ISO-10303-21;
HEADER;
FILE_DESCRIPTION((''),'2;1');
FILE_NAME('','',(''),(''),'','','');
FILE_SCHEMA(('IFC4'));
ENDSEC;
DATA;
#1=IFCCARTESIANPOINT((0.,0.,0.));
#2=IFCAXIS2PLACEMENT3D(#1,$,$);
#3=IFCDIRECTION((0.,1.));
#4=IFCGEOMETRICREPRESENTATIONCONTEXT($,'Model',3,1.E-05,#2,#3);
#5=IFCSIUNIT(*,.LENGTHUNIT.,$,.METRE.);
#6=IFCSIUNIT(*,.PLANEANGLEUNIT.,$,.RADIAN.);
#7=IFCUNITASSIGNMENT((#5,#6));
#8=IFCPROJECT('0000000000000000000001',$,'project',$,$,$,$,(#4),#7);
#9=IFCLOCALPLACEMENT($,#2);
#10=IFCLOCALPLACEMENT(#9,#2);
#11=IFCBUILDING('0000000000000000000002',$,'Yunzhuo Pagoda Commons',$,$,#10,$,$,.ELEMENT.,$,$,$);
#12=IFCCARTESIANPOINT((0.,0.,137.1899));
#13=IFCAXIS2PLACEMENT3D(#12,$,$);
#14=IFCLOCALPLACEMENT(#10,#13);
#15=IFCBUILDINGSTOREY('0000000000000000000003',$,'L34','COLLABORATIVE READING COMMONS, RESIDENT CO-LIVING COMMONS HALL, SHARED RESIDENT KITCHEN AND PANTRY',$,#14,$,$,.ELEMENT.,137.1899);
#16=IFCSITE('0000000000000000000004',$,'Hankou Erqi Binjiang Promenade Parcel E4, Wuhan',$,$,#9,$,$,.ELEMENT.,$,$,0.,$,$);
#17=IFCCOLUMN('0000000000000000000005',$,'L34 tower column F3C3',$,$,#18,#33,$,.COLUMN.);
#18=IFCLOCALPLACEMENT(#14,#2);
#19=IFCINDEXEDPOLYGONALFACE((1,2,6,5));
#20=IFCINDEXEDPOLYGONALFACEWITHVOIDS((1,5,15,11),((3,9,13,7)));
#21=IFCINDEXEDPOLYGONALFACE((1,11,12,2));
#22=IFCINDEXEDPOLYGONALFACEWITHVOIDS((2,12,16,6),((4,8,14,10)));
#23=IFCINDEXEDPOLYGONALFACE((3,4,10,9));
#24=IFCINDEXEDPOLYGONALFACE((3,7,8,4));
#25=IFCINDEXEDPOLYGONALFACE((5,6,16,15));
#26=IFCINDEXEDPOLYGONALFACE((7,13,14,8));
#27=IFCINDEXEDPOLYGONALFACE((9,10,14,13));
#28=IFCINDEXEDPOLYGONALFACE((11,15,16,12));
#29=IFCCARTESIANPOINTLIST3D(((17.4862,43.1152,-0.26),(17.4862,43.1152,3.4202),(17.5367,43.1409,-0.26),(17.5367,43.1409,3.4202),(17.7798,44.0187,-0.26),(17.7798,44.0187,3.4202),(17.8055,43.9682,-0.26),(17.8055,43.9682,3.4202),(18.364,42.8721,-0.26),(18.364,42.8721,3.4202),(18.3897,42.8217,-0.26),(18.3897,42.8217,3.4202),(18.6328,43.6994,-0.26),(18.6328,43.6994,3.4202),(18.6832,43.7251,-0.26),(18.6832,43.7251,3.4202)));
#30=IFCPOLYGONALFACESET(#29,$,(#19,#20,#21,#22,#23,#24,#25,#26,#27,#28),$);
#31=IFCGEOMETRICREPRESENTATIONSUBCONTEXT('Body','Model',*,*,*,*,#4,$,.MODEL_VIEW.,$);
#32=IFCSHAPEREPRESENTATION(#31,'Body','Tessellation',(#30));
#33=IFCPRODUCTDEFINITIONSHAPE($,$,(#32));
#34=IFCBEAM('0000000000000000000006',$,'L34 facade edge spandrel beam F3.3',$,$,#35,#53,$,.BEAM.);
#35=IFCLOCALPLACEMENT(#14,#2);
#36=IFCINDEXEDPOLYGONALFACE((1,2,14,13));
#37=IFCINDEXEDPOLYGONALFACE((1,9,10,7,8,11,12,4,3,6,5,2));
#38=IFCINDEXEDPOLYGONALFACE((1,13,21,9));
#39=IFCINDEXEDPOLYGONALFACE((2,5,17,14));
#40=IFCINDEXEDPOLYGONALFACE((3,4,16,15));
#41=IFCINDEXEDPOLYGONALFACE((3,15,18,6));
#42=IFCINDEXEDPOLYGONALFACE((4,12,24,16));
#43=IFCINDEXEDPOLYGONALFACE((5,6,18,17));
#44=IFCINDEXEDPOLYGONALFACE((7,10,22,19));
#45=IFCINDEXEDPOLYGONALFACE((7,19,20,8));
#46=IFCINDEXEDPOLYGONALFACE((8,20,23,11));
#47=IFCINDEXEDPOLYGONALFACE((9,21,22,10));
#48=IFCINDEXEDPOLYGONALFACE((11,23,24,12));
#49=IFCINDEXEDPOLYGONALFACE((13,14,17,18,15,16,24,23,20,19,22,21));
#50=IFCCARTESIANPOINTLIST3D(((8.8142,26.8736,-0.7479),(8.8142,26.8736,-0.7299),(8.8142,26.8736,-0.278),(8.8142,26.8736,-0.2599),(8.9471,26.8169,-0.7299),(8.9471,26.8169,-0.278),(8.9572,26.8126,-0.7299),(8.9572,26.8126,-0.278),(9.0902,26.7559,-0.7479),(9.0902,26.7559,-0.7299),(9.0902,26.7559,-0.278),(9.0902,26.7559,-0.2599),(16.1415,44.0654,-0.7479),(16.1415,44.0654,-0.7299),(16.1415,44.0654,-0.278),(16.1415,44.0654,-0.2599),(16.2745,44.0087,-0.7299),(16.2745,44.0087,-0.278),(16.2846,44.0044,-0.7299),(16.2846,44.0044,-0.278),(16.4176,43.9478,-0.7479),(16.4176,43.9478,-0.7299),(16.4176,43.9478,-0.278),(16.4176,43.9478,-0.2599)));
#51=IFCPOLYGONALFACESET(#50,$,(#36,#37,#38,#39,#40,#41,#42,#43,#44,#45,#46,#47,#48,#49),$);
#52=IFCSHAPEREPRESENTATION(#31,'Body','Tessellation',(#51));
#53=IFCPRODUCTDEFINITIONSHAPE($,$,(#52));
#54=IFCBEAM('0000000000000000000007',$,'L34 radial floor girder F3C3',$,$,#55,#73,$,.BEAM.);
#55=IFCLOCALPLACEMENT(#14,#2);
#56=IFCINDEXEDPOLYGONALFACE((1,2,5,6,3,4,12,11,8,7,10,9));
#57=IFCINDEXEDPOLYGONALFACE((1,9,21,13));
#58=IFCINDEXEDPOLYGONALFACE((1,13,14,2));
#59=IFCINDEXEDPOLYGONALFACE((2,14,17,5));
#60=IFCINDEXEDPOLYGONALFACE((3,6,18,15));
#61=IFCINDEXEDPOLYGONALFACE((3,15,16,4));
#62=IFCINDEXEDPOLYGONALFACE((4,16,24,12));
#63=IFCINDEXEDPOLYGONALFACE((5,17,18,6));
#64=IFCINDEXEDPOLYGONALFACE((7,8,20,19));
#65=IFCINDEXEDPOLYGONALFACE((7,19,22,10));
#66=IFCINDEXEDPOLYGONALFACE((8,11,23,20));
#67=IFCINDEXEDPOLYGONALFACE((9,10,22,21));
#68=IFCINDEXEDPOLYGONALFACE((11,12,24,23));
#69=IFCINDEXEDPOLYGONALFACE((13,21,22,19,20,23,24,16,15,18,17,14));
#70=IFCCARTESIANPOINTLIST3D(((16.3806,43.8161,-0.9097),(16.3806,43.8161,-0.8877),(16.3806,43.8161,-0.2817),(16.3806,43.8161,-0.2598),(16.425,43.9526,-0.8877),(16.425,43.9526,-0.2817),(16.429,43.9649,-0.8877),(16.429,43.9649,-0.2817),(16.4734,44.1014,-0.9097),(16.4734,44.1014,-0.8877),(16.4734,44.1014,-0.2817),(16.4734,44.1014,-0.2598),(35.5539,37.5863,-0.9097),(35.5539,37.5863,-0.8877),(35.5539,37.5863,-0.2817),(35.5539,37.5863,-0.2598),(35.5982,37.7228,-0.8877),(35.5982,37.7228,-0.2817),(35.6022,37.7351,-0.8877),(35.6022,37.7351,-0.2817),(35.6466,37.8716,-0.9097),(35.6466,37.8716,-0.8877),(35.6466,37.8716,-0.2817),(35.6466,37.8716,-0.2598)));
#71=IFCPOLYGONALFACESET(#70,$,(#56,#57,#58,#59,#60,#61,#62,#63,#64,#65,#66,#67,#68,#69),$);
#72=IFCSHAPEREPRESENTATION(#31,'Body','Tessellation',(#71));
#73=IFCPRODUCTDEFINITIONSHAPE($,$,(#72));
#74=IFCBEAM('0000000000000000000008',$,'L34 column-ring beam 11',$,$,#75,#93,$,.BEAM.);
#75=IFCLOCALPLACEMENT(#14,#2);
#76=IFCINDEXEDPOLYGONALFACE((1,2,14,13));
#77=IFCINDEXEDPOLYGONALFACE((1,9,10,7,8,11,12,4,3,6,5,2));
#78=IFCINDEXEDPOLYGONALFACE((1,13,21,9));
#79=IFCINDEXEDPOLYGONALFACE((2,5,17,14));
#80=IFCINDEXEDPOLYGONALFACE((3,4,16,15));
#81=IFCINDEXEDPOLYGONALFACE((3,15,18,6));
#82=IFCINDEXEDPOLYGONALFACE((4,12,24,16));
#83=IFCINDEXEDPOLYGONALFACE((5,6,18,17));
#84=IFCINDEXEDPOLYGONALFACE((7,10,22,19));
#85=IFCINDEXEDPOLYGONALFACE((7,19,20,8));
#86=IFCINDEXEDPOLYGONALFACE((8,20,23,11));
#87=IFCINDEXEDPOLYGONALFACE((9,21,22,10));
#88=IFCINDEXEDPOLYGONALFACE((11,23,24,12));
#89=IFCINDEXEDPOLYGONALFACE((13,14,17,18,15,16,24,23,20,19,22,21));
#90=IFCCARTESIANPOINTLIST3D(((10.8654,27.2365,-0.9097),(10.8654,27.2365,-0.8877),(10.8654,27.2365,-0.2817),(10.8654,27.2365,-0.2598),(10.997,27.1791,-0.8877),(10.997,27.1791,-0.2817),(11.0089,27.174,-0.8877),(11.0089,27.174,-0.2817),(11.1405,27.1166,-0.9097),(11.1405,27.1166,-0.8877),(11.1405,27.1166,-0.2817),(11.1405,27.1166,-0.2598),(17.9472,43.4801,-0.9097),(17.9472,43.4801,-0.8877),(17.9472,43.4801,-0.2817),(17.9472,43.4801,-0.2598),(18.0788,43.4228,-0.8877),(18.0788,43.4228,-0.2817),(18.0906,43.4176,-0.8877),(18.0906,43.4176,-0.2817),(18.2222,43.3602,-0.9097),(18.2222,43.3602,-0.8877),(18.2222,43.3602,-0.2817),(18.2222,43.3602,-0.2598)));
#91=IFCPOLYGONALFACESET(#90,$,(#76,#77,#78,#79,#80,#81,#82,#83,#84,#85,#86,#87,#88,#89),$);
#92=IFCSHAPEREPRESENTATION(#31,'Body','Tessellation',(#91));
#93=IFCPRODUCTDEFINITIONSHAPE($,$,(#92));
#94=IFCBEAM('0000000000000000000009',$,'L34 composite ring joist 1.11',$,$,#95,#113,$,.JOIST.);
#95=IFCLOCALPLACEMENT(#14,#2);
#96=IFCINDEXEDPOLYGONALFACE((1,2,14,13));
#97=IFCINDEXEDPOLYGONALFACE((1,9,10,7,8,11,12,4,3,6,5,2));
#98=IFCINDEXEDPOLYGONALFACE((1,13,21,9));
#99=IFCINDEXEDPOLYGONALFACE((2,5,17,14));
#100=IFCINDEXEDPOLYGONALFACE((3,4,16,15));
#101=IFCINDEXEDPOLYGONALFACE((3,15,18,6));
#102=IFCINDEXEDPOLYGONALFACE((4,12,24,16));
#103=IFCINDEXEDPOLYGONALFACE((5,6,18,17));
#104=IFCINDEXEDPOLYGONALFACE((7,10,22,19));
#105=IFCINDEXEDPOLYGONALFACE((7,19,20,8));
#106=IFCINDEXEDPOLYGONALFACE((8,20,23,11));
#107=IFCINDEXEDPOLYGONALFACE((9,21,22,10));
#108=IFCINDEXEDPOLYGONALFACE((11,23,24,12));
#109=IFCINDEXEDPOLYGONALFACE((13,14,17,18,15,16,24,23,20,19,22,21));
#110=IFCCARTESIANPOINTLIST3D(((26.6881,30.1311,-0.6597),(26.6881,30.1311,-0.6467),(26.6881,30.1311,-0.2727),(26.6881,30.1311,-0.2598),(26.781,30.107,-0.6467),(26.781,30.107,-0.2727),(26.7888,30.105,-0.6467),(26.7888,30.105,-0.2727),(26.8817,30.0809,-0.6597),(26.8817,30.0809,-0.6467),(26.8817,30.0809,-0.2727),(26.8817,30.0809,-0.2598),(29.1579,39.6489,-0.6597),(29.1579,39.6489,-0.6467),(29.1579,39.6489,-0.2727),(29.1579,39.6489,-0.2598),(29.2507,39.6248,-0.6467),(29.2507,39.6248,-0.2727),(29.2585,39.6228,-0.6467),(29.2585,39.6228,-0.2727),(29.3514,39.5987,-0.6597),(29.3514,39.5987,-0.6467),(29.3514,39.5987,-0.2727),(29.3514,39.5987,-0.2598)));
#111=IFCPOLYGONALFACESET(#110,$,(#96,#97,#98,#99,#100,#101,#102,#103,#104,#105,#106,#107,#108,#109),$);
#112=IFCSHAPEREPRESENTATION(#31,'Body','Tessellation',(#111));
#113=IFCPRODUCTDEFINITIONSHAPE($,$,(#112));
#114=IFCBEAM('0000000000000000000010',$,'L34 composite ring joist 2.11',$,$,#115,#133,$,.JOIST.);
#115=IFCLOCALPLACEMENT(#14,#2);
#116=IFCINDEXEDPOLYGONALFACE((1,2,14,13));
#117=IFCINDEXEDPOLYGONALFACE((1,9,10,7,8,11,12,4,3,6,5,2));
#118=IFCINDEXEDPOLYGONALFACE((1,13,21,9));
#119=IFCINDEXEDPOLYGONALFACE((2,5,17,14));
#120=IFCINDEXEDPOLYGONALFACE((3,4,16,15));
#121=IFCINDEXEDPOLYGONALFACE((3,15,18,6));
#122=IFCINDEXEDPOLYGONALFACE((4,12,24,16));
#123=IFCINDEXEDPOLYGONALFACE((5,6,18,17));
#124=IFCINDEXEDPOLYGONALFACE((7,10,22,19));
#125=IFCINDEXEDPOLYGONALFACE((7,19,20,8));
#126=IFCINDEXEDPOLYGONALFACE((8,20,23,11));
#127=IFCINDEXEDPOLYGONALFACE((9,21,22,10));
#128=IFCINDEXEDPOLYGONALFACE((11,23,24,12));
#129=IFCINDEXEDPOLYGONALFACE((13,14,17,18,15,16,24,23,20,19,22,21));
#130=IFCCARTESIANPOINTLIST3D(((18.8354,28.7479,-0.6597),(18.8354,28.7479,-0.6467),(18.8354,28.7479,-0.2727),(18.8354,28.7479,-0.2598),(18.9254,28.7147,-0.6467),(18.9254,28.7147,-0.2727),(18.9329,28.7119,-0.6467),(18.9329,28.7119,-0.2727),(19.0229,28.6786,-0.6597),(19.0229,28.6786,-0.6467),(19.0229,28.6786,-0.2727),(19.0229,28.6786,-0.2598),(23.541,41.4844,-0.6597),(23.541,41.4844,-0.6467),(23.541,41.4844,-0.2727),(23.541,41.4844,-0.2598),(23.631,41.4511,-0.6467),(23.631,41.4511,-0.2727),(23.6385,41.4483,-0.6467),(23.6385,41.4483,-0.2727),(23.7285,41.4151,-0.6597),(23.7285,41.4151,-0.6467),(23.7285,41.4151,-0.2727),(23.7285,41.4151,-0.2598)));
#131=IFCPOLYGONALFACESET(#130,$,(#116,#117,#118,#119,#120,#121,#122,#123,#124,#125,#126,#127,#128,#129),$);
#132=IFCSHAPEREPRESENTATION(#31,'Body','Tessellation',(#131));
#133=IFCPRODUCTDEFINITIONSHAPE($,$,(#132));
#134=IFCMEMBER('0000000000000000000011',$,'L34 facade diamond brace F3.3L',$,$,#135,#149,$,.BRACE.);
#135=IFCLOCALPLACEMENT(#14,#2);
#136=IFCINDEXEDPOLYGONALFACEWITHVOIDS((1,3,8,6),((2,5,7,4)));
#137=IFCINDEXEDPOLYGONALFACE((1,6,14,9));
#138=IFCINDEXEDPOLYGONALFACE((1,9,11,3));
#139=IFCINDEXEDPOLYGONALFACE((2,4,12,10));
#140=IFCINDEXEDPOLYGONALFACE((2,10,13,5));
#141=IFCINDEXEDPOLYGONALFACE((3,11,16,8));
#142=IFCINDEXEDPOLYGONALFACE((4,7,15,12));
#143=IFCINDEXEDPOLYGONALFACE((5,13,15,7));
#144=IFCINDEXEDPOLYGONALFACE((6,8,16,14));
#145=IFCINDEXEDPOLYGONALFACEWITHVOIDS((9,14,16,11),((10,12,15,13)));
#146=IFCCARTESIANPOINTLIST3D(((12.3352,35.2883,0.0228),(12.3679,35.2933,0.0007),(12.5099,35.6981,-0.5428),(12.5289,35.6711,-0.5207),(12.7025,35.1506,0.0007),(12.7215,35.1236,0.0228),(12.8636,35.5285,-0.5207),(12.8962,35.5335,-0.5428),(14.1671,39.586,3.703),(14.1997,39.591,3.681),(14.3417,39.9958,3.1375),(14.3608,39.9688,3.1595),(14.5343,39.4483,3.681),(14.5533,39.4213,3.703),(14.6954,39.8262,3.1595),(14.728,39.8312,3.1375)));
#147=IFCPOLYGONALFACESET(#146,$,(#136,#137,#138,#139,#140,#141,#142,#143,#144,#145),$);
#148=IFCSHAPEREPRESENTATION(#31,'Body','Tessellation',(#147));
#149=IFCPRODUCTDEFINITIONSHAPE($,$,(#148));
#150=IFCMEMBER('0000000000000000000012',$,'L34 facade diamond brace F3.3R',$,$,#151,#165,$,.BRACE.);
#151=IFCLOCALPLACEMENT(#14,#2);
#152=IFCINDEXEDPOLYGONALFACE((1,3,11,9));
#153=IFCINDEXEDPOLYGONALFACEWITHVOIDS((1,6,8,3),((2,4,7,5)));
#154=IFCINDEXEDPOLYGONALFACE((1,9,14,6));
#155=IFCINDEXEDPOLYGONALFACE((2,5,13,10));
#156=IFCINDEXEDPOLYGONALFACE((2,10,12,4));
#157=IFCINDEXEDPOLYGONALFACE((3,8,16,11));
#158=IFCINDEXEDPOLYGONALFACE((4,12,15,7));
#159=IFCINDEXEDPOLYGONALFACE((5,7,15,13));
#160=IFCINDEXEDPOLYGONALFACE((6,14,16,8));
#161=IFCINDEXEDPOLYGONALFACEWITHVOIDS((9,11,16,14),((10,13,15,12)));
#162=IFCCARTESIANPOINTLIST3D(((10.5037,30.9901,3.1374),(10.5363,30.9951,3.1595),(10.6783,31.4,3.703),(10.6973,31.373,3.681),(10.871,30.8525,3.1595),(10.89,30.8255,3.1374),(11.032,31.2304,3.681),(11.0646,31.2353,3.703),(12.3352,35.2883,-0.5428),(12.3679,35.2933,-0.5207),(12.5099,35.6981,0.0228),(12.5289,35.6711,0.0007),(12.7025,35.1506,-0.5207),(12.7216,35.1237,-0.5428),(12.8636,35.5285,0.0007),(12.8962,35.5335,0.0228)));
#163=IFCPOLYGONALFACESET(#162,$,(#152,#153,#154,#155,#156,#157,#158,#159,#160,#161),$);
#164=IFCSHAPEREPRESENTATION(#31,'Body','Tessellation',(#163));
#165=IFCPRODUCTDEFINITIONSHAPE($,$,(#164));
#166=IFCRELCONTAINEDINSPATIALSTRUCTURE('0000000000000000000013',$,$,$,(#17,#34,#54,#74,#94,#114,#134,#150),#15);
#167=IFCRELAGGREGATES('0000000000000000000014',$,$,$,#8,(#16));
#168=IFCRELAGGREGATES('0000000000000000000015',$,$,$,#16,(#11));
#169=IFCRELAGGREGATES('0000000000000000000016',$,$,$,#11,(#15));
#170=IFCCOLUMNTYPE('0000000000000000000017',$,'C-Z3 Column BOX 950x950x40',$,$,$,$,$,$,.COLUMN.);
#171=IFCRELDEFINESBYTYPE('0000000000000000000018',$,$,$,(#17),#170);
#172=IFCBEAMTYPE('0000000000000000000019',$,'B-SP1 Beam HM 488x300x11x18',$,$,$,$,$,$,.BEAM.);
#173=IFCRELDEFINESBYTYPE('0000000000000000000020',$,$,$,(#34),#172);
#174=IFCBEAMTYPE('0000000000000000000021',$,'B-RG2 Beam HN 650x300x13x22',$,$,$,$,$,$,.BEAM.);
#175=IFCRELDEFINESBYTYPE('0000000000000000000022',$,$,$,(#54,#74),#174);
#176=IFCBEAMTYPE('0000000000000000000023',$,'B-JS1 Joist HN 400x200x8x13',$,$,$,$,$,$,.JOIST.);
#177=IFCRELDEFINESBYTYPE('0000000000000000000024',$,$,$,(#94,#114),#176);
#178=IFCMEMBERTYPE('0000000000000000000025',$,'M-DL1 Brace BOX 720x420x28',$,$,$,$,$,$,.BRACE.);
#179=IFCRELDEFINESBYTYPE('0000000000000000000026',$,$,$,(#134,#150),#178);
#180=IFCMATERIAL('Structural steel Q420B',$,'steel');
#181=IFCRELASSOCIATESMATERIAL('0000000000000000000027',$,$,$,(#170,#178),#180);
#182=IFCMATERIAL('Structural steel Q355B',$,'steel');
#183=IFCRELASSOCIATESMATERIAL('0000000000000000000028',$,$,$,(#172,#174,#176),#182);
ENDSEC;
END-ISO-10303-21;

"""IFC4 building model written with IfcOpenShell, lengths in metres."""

from ifc_helpers import new_model, si_unit, direction, frame, origin, origin_2d, place, context, subcontext, project, spatial, hollow_rectangle, i_section, extrude, source, transform, mapped, material, material_profile, profile_set, type_object, element, save


model = new_model("IFC4")

# Units and contexts
model_context = context("Model", 3, precision=1e-05, world=origin(), true_north=direction((0.0, 1.0)))
body_context = subcontext(model_context, "Body", "Model", "MODEL_VIEW")
ifc_project = project(units=[si_unit("LENGTHUNIT", "METRE"), si_unit("PLANEANGLEUNIT", "RADIAN")], contexts=[model_context])

# Site, building, storey
site_placement = place(None, origin())
site = spatial("IfcSite", under=ifc_project, at=site_placement, Name="Hankou Erqi Binjiang Promenade Parcel E4, Wuhan", CompositionType="ELEMENT", RefElevation=0.0)
building_placement = place(site_placement, origin())
building = spatial("IfcBuilding", under=site, at=building_placement, Name="Yunzhuo Pagoda Commons", CompositionType="ELEMENT")
storey_placement = place(building_placement, frame((0.0, 0.0, 137.1899)))
storey = spatial("IfcBuildingStorey", under=building, at=storey_placement, Name="L34", Description="COLLABORATIVE READING COMMONS, RESIDENT CO-LIVING COMMONS HALL, SHARED RESIDENT KITCHEN AND PANTRY", CompositionType="ELEMENT", Elevation=137.1899)

# Column
ifc_material_1 = material(Name="Structural steel Q420B", Category="steel")
ifc_material_profile_1 = material_profile(ifc_material_1, hollow_rectangle(XDim=0.95, YDim=0.95, WallThickness=0.04, at=origin_2d()), Name="Structural steel Q420B")
ifc_profile_set_1 = profile_set([ifc_material_profile_1], Name="Structural steel Q420B")
column_type = type_object("IfcColumnType", Name="C-Z3 Column BOX 950x950x40", PredefinedType="COLUMN", material=ifc_profile_set_1)
shared_shape_1 = source(origin(), body_context, "Body", "SweptSolid", [
    extrude(hollow_rectangle(XDim=0.95, YDim=0.95, WallThickness=0.04, at=origin_2d()), origin(), (0.0, 0.0, 1.0), 3.6802),
])
column_placement = place(storey_placement, frame((18.0847, 43.4202, -0.26), z_axis=(0.0, 0.0, 1.0), x_axis=(-0.309017, -0.951057, 0.0)))
element("IfcColumn", 1, at=column_placement, inside=storey, type_object=column_type, Name="L34 tower column F3C3", PredefinedType="COLUMN", context=body_context, shape_type="MappedRepresentation", body=[
    mapped(shared_shape_1, transform((0.0, 0.0, 0.0), scale=1.0)),
])

# Beams
ifc_material_2 = material(Name="Structural steel Q355B", Category="steel")
ifc_material_profile_2 = material_profile(ifc_material_2, i_section(OverallWidth=0.3, OverallDepth=0.488, WebThickness=0.011, FlangeThickness=0.0181, at=origin_2d()), Name="Structural steel Q355B")
ifc_profile_set_2 = profile_set([ifc_material_profile_2], Name="Structural steel Q355B")
beam_type_1 = type_object("IfcBeamType", Name="B-SP1 Beam HM 488x300x11x18", PredefinedType="BEAM", material=ifc_profile_set_2)
shared_shape_2 = source(origin(), body_context, "Body", "SweptSolid", [
    extrude(i_section(OverallWidth=0.3, OverallDepth=0.488, WebThickness=0.011, FlangeThickness=0.0181, at=origin_2d()), origin(), (0.0, 0.0, 1.0), 18.6882),
])
beam_1_placement = place(storey_placement, frame((16.2795, 44.0066, -0.5039), z_axis=(-0.392085, -0.919929, 0.0), x_axis=(0.919929, -0.392085, 0.0)))
element("IfcBeam", 2, at=beam_1_placement, inside=storey, type_object=beam_type_1, Name="L34 facade edge spandrel beam F3.3", PredefinedType="BEAM", context=body_context, shape_type="MappedRepresentation", body=[
    mapped(shared_shape_2, transform((0.0, 0.0, 0.0), scale=1.0)),
])
ifc_material_profile_3 = material_profile(ifc_material_2, i_section(OverallWidth=0.3, OverallDepth=0.6499, WebThickness=0.0129, FlangeThickness=0.022, at=origin_2d()), Name="Structural steel Q355B")
ifc_profile_set_3 = profile_set([ifc_material_profile_3], Name="Structural steel Q355B")
beam_type_2 = type_object("IfcBeamType", Name="B-RG2 Beam HN 650x300x13x22", PredefinedType="BEAM", material=ifc_profile_set_3)
shared_shape_3 = source(origin(), body_context, "Body", "SweptSolid", [
    extrude(i_section(OverallWidth=0.3, OverallDepth=0.6499, WebThickness=0.0129, FlangeThickness=0.022, at=origin_2d()), origin(), (0.0, 0.0, 1.0), 20.1599),
])
beam_2_placement = place(storey_placement, frame((16.427, 43.9587, -0.5847), z_axis=(0.951056, -0.309018, 0.0), x_axis=(0.309018, 0.951056, 0.0)))
element("IfcBeam", 3, at=beam_2_placement, inside=storey, type_object=beam_type_2, Name="L34 radial floor girder F3C3", PredefinedType="BEAM", context=body_context, shape_type="MappedRepresentation", body=[
    mapped(shared_shape_3, transform((0.0, 0.0, 0.0), scale=1.0)),
])
shared_shape_4 = source(origin(), body_context, "Body", "SweptSolid", [
    extrude(i_section(OverallWidth=0.3, OverallDepth=0.6499, WebThickness=0.0129, FlangeThickness=0.022, at=origin_2d()), origin(), (0.0, 0.0, 1.0), 17.7202),
])
beam_3_placement = place(storey_placement, frame((18.0847, 43.4202, -0.5847), z_axis=(-0.399643, -0.916671, 0.0), x_axis=(0.916671, -0.399643, 0.0)))
element("IfcBeam", 4, at=beam_3_placement, inside=storey, type_object=beam_type_2, Name="L34 column-ring beam 11", PredefinedType="BEAM", context=body_context, shape_type="MappedRepresentation", body=[
    mapped(shared_shape_4, transform((0.0, 0.0, 0.0), scale=1.0)),
])
ifc_material_profile_4 = material_profile(ifc_material_2, i_section(OverallWidth=0.2, OverallDepth=0.3999, WebThickness=0.0081, FlangeThickness=0.0129, at=origin_2d()), Name="Structural steel Q355B")
ifc_profile_set_4 = profile_set([ifc_material_profile_4], Name="Structural steel Q355B")
beam_type_3 = type_object("IfcBeamType", Name="B-JS1 Joist HN 400x200x8x13", PredefinedType="JOIST", material=ifc_profile_set_4)
shared_shape_5 = source(origin(), body_context, "Body", "SweptSolid", [
    extrude(i_section(OverallWidth=0.2, OverallDepth=0.3999, WebThickness=0.0081, FlangeThickness=0.0129, at=origin_2d()), origin(), (0.0, 0.0, 1.0), 9.833),
])
beam_4_placement = place(storey_placement, frame((29.2546, 39.6238, -0.4597), z_axis=(-0.251166, -0.967944, 0.0), x_axis=(0.967944, -0.251166, 0.0)))
element("IfcBeam", 5, at=beam_4_placement, inside=storey, type_object=beam_type_3, Name="L34 composite ring joist 1.11", PredefinedType="JOIST", context=body_context, shape_type="MappedRepresentation", body=[
    mapped(shared_shape_5, transform((0.0, 0.0, 0.0), scale=1.0)),
])
shared_shape_6 = source(origin(), body_context, "Body", "SweptSolid", [
    extrude(i_section(OverallWidth=0.2, OverallDepth=0.3999, WebThickness=0.0081, FlangeThickness=0.0129, at=origin_2d()), origin(), (0.0, 0.0, 1.0), 13.5779),
])
beam_5_placement = place(storey_placement, frame((23.6348, 41.4497, -0.4597), z_axis=(-0.346563, -0.938027, 0.0), x_axis=(0.938027, -0.346563, 0.0)))
element("IfcBeam", 6, at=beam_5_placement, inside=storey, type_object=beam_type_3, Name="L34 composite ring joist 2.11", PredefinedType="JOIST", context=body_context, shape_type="MappedRepresentation", body=[
    mapped(shared_shape_6, transform((0.0, 0.0, 0.0), scale=1.0)),
])

# Members
ifc_material_profile_5 = material_profile(ifc_material_1, hollow_rectangle(XDim=0.4199, YDim=0.72, WallThickness=0.0281, at=origin_2d()), Name="Structural steel Q420B")
ifc_profile_set_5 = profile_set([ifc_material_profile_5], Name="Structural steel Q420B")
member_type_1 = type_object("IfcMemberType", Name="M-DL1 Brace BOX 720x420x28", PredefinedType="BRACE", material=ifc_profile_set_5)
shared_shape_7 = source(origin(), body_context, "Body", "SweptSolid", [
    extrude(hollow_rectangle(XDim=0.4199, YDim=0.72, WallThickness=0.0281, at=origin_2d()), origin(), (0.0, 0.0, 1.0), 5.9473),
])
member_1_placement = place(storey_placement, frame((12.6157, 35.4109, -0.26), z_axis=(0.308011, 0.722633, 0.618814), x_axis=(-0.919922, 0.392102, 0.0)))
element("IfcMember", 7, at=member_1_placement, inside=storey, type_object=member_type_1, Name="L34 facade diamond brace F3.3L", PredefinedType="BRACE", context=body_context, shape_type="MappedRepresentation", body=[
    mapped(shared_shape_7, transform((0.0, 0.0, 0.0), scale=1.0)),
])
shared_shape_8 = source(origin(), body_context, "Body", "SweptSolid", [
    extrude(hollow_rectangle(XDim=0.4199, YDim=0.72, WallThickness=0.0281, at=origin_2d()), origin(), (0.0, 0.0, 1.0), 5.9475),
])
member_2_placement = place(storey_placement, frame((12.6157, 35.4109, -0.26), z_axis=(-0.307956, -0.722682, 0.618785), x_axis=(0.919957, -0.39202, 0.0)))
element("IfcMember", 8, at=member_2_placement, inside=storey, type_object=member_type_1, Name="L34 facade diamond brace F3.3R", PredefinedType="BRACE", context=body_context, shape_type="MappedRepresentation", body=[
    mapped(shared_shape_8, transform((0.0, 0.0, 0.0), scale=1.0)),
])

save(model, "model.ifc")
